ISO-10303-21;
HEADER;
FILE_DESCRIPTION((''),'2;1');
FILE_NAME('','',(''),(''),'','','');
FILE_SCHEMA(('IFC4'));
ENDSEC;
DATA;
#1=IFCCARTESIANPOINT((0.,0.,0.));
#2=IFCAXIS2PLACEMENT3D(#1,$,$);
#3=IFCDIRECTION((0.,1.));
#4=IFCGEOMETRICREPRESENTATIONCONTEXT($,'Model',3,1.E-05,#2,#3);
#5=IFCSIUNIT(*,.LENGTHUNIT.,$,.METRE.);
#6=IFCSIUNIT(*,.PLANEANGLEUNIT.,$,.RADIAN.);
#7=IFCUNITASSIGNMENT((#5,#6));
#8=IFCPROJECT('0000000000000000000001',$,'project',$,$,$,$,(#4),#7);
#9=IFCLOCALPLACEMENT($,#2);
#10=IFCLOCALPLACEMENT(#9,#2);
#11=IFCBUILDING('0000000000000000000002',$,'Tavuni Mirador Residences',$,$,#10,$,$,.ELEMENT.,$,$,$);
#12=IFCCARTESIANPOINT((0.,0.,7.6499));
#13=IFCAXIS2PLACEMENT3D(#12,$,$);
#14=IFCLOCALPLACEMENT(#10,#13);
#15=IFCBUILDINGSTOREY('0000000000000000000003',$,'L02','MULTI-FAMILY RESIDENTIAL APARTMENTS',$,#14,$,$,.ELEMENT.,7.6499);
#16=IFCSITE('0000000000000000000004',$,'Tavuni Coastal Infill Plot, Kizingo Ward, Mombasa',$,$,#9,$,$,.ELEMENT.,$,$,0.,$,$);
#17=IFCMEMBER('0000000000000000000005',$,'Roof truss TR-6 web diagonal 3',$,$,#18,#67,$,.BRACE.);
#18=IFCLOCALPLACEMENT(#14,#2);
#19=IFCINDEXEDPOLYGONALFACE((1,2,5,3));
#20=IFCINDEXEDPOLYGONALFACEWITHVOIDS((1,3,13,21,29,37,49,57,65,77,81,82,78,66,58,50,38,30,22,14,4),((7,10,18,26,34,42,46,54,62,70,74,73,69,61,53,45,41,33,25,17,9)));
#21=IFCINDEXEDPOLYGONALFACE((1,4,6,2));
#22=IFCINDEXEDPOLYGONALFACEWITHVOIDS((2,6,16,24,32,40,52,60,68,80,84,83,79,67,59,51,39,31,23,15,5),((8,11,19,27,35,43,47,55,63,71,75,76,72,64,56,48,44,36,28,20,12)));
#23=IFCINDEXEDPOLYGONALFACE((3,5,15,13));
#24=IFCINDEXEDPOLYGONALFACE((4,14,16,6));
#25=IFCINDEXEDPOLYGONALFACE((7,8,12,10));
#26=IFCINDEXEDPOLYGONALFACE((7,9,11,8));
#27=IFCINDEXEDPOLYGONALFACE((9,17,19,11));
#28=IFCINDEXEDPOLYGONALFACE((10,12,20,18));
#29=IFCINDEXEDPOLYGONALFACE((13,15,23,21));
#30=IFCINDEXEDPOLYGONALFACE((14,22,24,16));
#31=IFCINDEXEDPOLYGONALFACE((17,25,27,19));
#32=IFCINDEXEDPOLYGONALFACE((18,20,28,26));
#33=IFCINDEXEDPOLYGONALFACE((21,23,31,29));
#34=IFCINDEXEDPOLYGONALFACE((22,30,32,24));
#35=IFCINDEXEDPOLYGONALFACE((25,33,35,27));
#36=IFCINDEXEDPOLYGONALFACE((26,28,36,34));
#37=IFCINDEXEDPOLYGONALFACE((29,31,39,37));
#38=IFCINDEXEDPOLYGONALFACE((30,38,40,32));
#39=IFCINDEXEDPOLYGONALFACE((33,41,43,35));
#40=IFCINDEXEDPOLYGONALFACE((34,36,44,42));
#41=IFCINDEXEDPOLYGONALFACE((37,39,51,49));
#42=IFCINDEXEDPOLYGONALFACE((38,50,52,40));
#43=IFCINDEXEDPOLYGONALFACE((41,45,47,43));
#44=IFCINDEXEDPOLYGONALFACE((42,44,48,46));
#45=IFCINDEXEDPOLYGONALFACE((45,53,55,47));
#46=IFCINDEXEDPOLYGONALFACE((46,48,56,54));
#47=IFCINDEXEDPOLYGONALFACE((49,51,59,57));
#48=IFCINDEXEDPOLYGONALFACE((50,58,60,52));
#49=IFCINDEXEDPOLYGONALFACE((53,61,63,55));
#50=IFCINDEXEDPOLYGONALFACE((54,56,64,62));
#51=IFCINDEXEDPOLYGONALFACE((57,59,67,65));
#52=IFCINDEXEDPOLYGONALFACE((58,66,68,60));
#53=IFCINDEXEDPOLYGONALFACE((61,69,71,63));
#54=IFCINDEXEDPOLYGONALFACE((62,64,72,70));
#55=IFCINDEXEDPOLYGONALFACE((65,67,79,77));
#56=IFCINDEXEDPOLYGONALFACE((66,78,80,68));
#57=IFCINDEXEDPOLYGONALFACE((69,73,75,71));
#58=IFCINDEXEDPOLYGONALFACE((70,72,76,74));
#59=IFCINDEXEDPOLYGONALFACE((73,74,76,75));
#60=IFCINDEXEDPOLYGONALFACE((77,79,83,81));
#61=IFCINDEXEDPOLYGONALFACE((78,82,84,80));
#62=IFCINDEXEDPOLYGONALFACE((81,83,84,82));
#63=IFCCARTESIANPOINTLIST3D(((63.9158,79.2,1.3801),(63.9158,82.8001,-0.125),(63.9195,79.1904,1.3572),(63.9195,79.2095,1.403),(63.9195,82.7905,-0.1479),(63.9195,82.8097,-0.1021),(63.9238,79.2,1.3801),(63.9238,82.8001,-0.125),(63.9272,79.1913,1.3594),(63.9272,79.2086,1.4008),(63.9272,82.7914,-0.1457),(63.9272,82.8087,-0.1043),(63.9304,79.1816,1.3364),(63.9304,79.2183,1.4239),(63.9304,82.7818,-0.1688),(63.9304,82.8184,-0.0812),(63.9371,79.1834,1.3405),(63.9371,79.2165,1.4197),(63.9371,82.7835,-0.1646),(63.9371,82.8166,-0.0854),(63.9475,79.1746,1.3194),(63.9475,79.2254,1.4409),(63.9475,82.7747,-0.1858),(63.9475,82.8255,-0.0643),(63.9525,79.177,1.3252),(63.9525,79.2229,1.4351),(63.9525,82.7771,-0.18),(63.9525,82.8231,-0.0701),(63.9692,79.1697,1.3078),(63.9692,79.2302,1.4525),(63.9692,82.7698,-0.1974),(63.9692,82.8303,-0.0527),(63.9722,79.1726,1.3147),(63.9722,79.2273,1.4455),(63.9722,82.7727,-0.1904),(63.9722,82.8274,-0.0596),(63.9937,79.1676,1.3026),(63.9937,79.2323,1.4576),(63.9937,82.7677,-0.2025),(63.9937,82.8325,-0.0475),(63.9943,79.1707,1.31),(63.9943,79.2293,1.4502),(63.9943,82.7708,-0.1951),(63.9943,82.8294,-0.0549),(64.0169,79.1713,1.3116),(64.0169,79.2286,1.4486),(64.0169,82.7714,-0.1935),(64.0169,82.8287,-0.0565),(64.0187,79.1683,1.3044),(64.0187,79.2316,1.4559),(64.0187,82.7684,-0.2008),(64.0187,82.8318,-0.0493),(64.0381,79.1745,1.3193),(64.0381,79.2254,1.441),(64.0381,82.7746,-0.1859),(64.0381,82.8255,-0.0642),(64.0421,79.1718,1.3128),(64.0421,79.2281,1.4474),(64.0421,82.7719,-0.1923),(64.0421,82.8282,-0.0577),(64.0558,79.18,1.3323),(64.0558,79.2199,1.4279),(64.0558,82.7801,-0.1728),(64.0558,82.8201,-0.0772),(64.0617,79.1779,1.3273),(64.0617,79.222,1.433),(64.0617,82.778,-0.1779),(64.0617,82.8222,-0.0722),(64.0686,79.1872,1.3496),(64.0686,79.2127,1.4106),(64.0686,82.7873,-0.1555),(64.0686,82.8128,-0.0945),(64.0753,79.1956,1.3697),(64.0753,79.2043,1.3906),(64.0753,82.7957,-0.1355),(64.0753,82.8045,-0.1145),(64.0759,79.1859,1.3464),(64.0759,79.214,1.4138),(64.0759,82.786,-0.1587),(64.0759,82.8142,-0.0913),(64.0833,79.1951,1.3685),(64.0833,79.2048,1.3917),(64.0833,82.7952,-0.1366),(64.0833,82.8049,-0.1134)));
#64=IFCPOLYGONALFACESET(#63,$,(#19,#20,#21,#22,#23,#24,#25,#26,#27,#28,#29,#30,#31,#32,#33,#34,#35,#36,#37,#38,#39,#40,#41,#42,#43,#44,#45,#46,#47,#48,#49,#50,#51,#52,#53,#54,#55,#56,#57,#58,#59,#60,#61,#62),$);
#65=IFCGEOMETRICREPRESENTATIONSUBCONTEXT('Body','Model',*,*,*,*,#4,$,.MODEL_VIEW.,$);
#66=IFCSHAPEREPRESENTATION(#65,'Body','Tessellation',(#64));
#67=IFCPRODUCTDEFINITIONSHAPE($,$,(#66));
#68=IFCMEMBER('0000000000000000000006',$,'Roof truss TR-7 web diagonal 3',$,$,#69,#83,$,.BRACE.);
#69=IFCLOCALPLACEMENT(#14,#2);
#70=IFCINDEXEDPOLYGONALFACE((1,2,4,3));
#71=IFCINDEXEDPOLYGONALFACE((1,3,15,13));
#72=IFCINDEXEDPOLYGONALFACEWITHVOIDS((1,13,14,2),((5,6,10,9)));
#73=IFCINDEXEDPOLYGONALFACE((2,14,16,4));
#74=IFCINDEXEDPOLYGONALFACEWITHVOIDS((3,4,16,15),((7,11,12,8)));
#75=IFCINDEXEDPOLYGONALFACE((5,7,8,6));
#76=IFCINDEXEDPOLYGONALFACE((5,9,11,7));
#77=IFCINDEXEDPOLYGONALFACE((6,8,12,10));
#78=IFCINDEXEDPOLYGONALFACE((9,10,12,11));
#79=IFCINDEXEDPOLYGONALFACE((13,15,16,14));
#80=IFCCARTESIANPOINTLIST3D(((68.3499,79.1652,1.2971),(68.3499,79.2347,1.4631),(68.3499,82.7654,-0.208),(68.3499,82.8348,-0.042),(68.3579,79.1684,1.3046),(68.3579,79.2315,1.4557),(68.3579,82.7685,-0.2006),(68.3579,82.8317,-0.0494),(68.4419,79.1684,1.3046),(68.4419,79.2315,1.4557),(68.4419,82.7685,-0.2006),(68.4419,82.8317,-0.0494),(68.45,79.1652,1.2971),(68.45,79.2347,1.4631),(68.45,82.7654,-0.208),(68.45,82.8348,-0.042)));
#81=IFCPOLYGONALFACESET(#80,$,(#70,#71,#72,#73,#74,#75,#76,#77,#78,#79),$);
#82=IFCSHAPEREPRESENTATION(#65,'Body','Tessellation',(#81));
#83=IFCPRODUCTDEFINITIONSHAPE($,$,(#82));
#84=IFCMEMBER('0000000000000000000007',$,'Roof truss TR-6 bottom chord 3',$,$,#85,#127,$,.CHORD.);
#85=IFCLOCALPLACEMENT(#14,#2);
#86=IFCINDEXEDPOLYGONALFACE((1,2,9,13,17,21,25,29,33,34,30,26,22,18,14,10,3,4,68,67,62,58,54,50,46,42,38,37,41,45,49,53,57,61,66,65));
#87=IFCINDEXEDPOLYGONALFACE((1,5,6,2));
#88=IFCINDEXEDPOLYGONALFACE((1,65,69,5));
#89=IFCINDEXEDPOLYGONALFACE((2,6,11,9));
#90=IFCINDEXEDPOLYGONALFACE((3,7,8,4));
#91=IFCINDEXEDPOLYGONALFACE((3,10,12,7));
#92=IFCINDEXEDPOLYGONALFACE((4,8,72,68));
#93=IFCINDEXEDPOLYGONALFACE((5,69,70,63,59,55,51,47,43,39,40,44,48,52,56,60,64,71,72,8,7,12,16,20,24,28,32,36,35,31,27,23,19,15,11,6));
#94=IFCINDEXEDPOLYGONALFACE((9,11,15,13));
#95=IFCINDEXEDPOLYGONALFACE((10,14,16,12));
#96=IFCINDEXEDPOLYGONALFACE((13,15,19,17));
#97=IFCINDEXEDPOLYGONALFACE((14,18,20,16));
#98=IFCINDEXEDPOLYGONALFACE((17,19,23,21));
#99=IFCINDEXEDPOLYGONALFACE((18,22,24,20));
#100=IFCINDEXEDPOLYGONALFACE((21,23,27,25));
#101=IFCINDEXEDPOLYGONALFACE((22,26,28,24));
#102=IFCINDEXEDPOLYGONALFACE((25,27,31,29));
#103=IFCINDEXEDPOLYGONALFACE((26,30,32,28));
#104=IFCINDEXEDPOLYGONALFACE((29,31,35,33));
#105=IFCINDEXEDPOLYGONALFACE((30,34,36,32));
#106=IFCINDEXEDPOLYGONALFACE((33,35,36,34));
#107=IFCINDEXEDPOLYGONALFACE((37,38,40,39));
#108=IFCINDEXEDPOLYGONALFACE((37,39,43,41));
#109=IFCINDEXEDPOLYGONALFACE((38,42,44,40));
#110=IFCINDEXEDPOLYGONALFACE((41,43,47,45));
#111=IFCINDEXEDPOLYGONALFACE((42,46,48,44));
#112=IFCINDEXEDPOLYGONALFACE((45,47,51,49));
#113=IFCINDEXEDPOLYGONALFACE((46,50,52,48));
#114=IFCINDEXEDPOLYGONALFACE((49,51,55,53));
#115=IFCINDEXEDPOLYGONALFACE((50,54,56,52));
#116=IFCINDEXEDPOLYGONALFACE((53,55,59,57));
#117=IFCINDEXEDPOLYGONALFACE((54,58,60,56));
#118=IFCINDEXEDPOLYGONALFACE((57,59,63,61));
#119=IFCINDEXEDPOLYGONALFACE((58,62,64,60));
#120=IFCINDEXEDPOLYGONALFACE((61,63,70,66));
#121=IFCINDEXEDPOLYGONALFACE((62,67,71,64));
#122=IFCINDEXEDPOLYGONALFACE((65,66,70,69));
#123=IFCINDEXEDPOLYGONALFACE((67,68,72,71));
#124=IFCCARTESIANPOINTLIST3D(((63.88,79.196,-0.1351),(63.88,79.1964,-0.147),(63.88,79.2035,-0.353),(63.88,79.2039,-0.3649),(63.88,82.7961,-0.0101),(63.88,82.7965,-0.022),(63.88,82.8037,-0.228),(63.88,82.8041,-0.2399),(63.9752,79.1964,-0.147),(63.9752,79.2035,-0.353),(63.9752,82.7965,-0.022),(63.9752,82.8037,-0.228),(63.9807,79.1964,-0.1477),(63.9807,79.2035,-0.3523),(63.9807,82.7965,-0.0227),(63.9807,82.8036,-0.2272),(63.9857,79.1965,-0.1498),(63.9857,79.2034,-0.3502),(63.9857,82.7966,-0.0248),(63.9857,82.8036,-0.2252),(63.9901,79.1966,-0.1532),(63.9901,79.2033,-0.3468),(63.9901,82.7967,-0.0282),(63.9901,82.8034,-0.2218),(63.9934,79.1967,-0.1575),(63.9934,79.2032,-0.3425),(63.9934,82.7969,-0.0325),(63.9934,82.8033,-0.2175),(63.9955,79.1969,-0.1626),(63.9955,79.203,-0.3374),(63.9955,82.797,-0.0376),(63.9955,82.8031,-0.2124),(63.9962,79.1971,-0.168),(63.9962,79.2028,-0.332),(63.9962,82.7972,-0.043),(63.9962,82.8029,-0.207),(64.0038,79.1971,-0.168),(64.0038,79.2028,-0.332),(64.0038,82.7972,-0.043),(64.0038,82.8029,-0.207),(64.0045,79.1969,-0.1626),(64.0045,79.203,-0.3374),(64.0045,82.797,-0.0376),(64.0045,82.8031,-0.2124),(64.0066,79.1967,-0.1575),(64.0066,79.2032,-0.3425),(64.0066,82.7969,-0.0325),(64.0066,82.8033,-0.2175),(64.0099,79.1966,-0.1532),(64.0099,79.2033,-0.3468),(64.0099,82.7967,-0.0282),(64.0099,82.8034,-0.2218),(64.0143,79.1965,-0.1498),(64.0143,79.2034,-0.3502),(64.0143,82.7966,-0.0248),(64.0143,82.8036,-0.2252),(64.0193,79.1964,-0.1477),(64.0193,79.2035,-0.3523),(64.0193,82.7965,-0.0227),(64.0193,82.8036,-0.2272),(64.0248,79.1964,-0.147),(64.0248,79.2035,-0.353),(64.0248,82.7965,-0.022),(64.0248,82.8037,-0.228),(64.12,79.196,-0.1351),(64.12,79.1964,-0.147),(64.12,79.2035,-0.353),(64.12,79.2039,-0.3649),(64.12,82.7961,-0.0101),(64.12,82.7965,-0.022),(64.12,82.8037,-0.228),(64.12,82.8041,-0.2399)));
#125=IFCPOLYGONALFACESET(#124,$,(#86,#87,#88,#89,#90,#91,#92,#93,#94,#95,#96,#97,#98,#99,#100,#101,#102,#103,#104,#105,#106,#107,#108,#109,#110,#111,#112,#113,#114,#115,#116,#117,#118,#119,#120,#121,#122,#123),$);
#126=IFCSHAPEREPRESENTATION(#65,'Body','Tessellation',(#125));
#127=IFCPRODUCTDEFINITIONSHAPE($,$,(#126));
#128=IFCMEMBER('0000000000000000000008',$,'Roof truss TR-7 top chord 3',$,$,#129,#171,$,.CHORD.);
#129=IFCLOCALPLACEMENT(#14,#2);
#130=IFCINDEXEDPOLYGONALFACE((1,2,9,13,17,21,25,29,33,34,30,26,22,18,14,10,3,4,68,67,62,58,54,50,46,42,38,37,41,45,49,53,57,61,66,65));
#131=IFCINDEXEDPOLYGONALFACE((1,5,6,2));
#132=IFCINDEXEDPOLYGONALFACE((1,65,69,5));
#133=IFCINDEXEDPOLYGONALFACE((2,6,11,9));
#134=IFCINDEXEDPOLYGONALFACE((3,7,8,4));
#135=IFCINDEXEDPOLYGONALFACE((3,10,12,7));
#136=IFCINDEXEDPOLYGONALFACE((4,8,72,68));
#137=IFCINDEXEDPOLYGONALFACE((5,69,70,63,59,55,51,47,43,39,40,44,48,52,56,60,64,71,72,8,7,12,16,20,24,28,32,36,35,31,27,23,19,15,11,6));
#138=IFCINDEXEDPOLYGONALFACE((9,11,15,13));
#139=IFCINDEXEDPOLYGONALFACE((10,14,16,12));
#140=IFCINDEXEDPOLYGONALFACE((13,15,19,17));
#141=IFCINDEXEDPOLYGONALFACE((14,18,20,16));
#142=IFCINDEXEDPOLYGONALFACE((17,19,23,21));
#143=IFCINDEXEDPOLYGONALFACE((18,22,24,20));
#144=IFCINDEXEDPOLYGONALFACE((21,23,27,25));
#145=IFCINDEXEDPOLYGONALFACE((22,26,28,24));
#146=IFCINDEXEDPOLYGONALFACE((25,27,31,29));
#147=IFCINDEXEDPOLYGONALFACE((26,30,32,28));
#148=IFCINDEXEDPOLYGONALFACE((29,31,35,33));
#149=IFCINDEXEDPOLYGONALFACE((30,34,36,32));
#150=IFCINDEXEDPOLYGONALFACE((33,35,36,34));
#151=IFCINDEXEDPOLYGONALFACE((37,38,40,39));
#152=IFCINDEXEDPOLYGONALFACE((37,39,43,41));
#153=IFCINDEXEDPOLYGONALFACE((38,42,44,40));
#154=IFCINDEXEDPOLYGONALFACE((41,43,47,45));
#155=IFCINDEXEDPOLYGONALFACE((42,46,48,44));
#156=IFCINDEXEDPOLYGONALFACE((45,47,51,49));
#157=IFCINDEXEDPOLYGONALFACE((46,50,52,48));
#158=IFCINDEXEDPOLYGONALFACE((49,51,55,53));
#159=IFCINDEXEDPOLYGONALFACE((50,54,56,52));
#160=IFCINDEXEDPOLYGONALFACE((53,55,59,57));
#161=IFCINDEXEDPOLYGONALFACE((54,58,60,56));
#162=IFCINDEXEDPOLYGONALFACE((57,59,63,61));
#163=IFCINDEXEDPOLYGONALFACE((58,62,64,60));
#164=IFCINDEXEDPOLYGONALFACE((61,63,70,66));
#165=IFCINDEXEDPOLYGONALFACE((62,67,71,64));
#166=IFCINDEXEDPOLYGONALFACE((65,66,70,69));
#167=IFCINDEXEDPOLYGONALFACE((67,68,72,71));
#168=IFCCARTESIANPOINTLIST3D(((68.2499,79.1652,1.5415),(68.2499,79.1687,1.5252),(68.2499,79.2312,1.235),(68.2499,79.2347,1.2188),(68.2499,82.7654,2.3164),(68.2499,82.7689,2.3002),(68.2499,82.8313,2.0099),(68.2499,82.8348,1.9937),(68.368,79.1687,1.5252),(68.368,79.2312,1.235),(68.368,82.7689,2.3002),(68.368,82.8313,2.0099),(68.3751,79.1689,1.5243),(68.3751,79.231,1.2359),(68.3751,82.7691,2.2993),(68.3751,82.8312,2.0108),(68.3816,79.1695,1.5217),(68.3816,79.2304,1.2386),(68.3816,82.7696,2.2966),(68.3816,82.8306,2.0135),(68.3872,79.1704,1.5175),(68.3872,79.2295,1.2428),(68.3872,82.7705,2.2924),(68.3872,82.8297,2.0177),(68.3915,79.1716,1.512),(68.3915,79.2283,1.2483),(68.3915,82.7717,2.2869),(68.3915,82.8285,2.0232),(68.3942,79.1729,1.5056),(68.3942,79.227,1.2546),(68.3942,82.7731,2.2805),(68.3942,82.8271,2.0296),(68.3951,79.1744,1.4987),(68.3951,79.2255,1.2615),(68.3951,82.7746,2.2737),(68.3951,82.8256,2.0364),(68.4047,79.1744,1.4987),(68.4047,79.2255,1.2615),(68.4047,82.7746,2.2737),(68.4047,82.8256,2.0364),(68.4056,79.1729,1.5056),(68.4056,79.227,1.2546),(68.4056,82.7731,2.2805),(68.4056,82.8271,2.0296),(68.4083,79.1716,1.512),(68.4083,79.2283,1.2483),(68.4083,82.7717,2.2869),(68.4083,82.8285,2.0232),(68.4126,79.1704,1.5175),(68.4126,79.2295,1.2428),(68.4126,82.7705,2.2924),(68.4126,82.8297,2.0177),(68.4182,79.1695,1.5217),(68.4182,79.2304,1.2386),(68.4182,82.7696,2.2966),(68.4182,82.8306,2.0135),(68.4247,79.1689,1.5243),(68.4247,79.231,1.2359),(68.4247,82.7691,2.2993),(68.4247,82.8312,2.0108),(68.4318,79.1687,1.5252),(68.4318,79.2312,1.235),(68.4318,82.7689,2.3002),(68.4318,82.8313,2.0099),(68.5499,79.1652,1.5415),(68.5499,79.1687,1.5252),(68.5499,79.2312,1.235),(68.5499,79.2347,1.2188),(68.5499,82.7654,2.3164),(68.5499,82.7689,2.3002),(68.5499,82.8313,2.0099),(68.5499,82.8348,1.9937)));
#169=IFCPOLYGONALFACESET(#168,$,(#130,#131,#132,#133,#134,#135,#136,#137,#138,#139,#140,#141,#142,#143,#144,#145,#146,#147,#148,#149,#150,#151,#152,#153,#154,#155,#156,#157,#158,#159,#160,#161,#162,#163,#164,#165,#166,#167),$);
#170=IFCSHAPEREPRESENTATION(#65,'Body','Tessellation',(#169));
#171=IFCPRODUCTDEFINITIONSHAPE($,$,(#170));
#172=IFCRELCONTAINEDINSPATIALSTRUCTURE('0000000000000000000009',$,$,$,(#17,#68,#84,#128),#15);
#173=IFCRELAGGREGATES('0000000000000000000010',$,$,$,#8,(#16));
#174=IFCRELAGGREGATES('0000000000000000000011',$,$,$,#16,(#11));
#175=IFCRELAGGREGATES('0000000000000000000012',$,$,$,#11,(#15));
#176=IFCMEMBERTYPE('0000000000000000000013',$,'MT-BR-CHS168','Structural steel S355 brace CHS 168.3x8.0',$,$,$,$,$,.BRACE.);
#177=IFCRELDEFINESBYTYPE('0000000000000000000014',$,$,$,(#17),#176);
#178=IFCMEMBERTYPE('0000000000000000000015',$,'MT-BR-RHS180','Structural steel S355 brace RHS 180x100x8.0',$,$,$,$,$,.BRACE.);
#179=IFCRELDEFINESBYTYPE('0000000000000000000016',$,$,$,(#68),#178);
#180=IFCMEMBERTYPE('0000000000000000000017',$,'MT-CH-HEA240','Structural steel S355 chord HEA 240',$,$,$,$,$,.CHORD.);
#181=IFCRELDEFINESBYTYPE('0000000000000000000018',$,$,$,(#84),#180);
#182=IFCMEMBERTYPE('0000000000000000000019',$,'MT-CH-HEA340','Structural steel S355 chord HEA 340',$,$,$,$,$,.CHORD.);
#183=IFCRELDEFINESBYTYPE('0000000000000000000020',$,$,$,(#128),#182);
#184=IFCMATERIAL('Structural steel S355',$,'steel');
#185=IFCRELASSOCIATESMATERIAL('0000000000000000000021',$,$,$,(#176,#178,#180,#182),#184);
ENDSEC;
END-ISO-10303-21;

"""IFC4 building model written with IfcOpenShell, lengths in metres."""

from ifc_helpers import new_model, si_unit, direction, frame, origin, origin_2d, place, context, subcontext, project, spatial, hollow_rectangle, hollow_circle, i_section, extrude, material, material_profile, profile_set, type_object, element, save


model = new_model("IFC4")

# Units and contexts
model_context = context("Model", 3, precision=1e-05, world=origin(), true_north=direction((0.0, 1.0)))
body_context = subcontext(model_context, "Body", "Model", "MODEL_VIEW")
ifc_project = project(units=[si_unit("LENGTHUNIT", "METRE"), si_unit("PLANEANGLEUNIT", "RADIAN")], contexts=[model_context])

# Site, building, storey
site_placement = place(None, origin())
site = spatial("IfcSite", under=ifc_project, at=site_placement, Name="Tavuni Coastal Infill Plot, Kizingo Ward, Mombasa", CompositionType="ELEMENT", RefElevation=0.0)
building_placement = place(site_placement, origin())
building = spatial("IfcBuilding", under=site, at=building_placement, Name="Tavuni Mirador Residences", CompositionType="ELEMENT")
storey_placement = place(building_placement, frame((0.0, 0.0, 7.6499)))
storey = spatial("IfcBuildingStorey", under=building, at=storey_placement, Name="L02", Description="MULTI-FAMILY RESIDENTIAL APARTMENTS", CompositionType="ELEMENT", Elevation=7.6499)

# Members
ifc_material_1 = material(Name="Structural steel S355", Category="steel")
ifc_material_profile_1 = material_profile(ifc_material_1, hollow_circle(Radius=0.0842, WallThickness=0.0081, at=origin_2d()), Name="CHS 168.3x8.0", Category="steel")
ifc_profile_set_1 = profile_set([ifc_material_profile_1], Name="Structural steel S355")
member_type_1 = type_object("IfcMemberType", Name="MT-BR-CHS168", Description="Structural steel S355 brace CHS 168.3x8.0", PredefinedType="BRACE", material=ifc_profile_set_1)
member_1_placement = place(storey_placement, frame((64.0, 79.2, 1.3801), z_axis=(0.0, 0.922613, -0.385726), x_axis=(-1.0, 0.0, 0.0)))
element("IfcMember", 1, at=member_1_placement, inside=storey, type_object=member_type_1, Name="Roof truss TR-6 web diagonal 3", PredefinedType="BRACE", context=body_context, shape_type="SweptSolid", body=[
    extrude(hollow_circle(Radius=0.0842, WallThickness=0.0081, at=origin_2d()), origin(), (0.0, 0.0, 1.0), 3.9021),
])
ifc_material_profile_2 = material_profile(ifc_material_1, hollow_rectangle(XDim=0.1001, YDim=0.1799, WallThickness=0.0081, at=origin_2d()), Name="RHS 180x100x8.0", Category="steel")
ifc_profile_set_2 = profile_set([ifc_material_profile_2], Name="Structural steel S355")
member_type_2 = type_object("IfcMemberType", Name="MT-BR-RHS180", Description="Structural steel S355 brace RHS 180x100x8.0", PredefinedType="BRACE", material=ifc_profile_set_2)
member_2_placement = place(storey_placement, frame((68.3999, 79.2, 1.3801), z_axis=(0.0, 0.922613, -0.385726), x_axis=(-1.0, 0.0, 0.0)))
element("IfcMember", 2, at=member_2_placement, inside=storey, type_object=member_type_2, Name="Roof truss TR-7 web diagonal 3", PredefinedType="BRACE", context=body_context, shape_type="SweptSolid", body=[
    extrude(hollow_rectangle(XDim=0.1001, YDim=0.1799, WallThickness=0.0081, at=origin_2d()), origin(), (0.0, 0.0, 1.0), 3.9021),
])
ifc_material_profile_3 = material_profile(ifc_material_1, i_section(OverallWidth=0.24, OverallDepth=0.23, WebThickness=0.0076, FlangeThickness=0.012, FilletRadius=0.021, at=origin_2d()), Name="HEA 240", Category="steel")
ifc_profile_set_3 = profile_set([ifc_material_profile_3], Name="Structural steel S355")
member_type_3 = type_object("IfcMemberType", Name="MT-CH-HEA240", Description="Structural steel S355 chord HEA 240", PredefinedType="CHORD", material=ifc_profile_set_3)
member_3_placement = place(storey_placement, frame((64.0, 79.2, -0.25), z_axis=(0.0, 0.999398, 0.0347), x_axis=(-1.0, 0.0, 0.0)))
element("IfcMember", 3, at=member_3_placement, inside=storey, type_object=member_type_3, Name="Roof truss TR-6 bottom chord 3", PredefinedType="CHORD", context=body_context, shape_type="SweptSolid", body=[
    extrude(i_section(OverallWidth=0.24, OverallDepth=0.23, WebThickness=0.0076, FlangeThickness=0.012, FilletRadius=0.021, at=origin_2d()), origin(), (0.0, 0.0, 1.0), 3.6023),
])
ifc_material_profile_4 = material_profile(ifc_material_1, i_section(OverallWidth=0.3, OverallDepth=0.3301, WebThickness=0.0095, FlangeThickness=0.0166, FilletRadius=0.0271, at=origin_2d()), Name="HEA 340", Category="steel")
ifc_profile_set_4 = profile_set([ifc_material_profile_4], Name="Structural steel S355")
member_type_4 = type_object("IfcMemberType", Name="MT-CH-HEA340", Description="Structural steel S355 chord HEA 340", PredefinedType="CHORD", material=ifc_profile_set_4)
member_4_placement = place(storey_placement, frame((68.3999, 79.2, 1.3801), z_axis=(0.0, 0.97761, 0.210425), x_axis=(-1.0, 0.0, 0.0)))
element("IfcMember", 4, at=member_4_placement, inside=storey, type_object=member_type_4, Name="Roof truss TR-7 top chord 3", PredefinedType="CHORD", context=body_context, shape_type="SweptSolid", body=[
    extrude(i_section(OverallWidth=0.3, OverallDepth=0.3301, WebThickness=0.0095, FlangeThickness=0.0166, FilletRadius=0.0271, at=origin_2d()), origin(), (0.0, 0.0, 1.0), 3.6826),
])

save(model, "model.ifc")
